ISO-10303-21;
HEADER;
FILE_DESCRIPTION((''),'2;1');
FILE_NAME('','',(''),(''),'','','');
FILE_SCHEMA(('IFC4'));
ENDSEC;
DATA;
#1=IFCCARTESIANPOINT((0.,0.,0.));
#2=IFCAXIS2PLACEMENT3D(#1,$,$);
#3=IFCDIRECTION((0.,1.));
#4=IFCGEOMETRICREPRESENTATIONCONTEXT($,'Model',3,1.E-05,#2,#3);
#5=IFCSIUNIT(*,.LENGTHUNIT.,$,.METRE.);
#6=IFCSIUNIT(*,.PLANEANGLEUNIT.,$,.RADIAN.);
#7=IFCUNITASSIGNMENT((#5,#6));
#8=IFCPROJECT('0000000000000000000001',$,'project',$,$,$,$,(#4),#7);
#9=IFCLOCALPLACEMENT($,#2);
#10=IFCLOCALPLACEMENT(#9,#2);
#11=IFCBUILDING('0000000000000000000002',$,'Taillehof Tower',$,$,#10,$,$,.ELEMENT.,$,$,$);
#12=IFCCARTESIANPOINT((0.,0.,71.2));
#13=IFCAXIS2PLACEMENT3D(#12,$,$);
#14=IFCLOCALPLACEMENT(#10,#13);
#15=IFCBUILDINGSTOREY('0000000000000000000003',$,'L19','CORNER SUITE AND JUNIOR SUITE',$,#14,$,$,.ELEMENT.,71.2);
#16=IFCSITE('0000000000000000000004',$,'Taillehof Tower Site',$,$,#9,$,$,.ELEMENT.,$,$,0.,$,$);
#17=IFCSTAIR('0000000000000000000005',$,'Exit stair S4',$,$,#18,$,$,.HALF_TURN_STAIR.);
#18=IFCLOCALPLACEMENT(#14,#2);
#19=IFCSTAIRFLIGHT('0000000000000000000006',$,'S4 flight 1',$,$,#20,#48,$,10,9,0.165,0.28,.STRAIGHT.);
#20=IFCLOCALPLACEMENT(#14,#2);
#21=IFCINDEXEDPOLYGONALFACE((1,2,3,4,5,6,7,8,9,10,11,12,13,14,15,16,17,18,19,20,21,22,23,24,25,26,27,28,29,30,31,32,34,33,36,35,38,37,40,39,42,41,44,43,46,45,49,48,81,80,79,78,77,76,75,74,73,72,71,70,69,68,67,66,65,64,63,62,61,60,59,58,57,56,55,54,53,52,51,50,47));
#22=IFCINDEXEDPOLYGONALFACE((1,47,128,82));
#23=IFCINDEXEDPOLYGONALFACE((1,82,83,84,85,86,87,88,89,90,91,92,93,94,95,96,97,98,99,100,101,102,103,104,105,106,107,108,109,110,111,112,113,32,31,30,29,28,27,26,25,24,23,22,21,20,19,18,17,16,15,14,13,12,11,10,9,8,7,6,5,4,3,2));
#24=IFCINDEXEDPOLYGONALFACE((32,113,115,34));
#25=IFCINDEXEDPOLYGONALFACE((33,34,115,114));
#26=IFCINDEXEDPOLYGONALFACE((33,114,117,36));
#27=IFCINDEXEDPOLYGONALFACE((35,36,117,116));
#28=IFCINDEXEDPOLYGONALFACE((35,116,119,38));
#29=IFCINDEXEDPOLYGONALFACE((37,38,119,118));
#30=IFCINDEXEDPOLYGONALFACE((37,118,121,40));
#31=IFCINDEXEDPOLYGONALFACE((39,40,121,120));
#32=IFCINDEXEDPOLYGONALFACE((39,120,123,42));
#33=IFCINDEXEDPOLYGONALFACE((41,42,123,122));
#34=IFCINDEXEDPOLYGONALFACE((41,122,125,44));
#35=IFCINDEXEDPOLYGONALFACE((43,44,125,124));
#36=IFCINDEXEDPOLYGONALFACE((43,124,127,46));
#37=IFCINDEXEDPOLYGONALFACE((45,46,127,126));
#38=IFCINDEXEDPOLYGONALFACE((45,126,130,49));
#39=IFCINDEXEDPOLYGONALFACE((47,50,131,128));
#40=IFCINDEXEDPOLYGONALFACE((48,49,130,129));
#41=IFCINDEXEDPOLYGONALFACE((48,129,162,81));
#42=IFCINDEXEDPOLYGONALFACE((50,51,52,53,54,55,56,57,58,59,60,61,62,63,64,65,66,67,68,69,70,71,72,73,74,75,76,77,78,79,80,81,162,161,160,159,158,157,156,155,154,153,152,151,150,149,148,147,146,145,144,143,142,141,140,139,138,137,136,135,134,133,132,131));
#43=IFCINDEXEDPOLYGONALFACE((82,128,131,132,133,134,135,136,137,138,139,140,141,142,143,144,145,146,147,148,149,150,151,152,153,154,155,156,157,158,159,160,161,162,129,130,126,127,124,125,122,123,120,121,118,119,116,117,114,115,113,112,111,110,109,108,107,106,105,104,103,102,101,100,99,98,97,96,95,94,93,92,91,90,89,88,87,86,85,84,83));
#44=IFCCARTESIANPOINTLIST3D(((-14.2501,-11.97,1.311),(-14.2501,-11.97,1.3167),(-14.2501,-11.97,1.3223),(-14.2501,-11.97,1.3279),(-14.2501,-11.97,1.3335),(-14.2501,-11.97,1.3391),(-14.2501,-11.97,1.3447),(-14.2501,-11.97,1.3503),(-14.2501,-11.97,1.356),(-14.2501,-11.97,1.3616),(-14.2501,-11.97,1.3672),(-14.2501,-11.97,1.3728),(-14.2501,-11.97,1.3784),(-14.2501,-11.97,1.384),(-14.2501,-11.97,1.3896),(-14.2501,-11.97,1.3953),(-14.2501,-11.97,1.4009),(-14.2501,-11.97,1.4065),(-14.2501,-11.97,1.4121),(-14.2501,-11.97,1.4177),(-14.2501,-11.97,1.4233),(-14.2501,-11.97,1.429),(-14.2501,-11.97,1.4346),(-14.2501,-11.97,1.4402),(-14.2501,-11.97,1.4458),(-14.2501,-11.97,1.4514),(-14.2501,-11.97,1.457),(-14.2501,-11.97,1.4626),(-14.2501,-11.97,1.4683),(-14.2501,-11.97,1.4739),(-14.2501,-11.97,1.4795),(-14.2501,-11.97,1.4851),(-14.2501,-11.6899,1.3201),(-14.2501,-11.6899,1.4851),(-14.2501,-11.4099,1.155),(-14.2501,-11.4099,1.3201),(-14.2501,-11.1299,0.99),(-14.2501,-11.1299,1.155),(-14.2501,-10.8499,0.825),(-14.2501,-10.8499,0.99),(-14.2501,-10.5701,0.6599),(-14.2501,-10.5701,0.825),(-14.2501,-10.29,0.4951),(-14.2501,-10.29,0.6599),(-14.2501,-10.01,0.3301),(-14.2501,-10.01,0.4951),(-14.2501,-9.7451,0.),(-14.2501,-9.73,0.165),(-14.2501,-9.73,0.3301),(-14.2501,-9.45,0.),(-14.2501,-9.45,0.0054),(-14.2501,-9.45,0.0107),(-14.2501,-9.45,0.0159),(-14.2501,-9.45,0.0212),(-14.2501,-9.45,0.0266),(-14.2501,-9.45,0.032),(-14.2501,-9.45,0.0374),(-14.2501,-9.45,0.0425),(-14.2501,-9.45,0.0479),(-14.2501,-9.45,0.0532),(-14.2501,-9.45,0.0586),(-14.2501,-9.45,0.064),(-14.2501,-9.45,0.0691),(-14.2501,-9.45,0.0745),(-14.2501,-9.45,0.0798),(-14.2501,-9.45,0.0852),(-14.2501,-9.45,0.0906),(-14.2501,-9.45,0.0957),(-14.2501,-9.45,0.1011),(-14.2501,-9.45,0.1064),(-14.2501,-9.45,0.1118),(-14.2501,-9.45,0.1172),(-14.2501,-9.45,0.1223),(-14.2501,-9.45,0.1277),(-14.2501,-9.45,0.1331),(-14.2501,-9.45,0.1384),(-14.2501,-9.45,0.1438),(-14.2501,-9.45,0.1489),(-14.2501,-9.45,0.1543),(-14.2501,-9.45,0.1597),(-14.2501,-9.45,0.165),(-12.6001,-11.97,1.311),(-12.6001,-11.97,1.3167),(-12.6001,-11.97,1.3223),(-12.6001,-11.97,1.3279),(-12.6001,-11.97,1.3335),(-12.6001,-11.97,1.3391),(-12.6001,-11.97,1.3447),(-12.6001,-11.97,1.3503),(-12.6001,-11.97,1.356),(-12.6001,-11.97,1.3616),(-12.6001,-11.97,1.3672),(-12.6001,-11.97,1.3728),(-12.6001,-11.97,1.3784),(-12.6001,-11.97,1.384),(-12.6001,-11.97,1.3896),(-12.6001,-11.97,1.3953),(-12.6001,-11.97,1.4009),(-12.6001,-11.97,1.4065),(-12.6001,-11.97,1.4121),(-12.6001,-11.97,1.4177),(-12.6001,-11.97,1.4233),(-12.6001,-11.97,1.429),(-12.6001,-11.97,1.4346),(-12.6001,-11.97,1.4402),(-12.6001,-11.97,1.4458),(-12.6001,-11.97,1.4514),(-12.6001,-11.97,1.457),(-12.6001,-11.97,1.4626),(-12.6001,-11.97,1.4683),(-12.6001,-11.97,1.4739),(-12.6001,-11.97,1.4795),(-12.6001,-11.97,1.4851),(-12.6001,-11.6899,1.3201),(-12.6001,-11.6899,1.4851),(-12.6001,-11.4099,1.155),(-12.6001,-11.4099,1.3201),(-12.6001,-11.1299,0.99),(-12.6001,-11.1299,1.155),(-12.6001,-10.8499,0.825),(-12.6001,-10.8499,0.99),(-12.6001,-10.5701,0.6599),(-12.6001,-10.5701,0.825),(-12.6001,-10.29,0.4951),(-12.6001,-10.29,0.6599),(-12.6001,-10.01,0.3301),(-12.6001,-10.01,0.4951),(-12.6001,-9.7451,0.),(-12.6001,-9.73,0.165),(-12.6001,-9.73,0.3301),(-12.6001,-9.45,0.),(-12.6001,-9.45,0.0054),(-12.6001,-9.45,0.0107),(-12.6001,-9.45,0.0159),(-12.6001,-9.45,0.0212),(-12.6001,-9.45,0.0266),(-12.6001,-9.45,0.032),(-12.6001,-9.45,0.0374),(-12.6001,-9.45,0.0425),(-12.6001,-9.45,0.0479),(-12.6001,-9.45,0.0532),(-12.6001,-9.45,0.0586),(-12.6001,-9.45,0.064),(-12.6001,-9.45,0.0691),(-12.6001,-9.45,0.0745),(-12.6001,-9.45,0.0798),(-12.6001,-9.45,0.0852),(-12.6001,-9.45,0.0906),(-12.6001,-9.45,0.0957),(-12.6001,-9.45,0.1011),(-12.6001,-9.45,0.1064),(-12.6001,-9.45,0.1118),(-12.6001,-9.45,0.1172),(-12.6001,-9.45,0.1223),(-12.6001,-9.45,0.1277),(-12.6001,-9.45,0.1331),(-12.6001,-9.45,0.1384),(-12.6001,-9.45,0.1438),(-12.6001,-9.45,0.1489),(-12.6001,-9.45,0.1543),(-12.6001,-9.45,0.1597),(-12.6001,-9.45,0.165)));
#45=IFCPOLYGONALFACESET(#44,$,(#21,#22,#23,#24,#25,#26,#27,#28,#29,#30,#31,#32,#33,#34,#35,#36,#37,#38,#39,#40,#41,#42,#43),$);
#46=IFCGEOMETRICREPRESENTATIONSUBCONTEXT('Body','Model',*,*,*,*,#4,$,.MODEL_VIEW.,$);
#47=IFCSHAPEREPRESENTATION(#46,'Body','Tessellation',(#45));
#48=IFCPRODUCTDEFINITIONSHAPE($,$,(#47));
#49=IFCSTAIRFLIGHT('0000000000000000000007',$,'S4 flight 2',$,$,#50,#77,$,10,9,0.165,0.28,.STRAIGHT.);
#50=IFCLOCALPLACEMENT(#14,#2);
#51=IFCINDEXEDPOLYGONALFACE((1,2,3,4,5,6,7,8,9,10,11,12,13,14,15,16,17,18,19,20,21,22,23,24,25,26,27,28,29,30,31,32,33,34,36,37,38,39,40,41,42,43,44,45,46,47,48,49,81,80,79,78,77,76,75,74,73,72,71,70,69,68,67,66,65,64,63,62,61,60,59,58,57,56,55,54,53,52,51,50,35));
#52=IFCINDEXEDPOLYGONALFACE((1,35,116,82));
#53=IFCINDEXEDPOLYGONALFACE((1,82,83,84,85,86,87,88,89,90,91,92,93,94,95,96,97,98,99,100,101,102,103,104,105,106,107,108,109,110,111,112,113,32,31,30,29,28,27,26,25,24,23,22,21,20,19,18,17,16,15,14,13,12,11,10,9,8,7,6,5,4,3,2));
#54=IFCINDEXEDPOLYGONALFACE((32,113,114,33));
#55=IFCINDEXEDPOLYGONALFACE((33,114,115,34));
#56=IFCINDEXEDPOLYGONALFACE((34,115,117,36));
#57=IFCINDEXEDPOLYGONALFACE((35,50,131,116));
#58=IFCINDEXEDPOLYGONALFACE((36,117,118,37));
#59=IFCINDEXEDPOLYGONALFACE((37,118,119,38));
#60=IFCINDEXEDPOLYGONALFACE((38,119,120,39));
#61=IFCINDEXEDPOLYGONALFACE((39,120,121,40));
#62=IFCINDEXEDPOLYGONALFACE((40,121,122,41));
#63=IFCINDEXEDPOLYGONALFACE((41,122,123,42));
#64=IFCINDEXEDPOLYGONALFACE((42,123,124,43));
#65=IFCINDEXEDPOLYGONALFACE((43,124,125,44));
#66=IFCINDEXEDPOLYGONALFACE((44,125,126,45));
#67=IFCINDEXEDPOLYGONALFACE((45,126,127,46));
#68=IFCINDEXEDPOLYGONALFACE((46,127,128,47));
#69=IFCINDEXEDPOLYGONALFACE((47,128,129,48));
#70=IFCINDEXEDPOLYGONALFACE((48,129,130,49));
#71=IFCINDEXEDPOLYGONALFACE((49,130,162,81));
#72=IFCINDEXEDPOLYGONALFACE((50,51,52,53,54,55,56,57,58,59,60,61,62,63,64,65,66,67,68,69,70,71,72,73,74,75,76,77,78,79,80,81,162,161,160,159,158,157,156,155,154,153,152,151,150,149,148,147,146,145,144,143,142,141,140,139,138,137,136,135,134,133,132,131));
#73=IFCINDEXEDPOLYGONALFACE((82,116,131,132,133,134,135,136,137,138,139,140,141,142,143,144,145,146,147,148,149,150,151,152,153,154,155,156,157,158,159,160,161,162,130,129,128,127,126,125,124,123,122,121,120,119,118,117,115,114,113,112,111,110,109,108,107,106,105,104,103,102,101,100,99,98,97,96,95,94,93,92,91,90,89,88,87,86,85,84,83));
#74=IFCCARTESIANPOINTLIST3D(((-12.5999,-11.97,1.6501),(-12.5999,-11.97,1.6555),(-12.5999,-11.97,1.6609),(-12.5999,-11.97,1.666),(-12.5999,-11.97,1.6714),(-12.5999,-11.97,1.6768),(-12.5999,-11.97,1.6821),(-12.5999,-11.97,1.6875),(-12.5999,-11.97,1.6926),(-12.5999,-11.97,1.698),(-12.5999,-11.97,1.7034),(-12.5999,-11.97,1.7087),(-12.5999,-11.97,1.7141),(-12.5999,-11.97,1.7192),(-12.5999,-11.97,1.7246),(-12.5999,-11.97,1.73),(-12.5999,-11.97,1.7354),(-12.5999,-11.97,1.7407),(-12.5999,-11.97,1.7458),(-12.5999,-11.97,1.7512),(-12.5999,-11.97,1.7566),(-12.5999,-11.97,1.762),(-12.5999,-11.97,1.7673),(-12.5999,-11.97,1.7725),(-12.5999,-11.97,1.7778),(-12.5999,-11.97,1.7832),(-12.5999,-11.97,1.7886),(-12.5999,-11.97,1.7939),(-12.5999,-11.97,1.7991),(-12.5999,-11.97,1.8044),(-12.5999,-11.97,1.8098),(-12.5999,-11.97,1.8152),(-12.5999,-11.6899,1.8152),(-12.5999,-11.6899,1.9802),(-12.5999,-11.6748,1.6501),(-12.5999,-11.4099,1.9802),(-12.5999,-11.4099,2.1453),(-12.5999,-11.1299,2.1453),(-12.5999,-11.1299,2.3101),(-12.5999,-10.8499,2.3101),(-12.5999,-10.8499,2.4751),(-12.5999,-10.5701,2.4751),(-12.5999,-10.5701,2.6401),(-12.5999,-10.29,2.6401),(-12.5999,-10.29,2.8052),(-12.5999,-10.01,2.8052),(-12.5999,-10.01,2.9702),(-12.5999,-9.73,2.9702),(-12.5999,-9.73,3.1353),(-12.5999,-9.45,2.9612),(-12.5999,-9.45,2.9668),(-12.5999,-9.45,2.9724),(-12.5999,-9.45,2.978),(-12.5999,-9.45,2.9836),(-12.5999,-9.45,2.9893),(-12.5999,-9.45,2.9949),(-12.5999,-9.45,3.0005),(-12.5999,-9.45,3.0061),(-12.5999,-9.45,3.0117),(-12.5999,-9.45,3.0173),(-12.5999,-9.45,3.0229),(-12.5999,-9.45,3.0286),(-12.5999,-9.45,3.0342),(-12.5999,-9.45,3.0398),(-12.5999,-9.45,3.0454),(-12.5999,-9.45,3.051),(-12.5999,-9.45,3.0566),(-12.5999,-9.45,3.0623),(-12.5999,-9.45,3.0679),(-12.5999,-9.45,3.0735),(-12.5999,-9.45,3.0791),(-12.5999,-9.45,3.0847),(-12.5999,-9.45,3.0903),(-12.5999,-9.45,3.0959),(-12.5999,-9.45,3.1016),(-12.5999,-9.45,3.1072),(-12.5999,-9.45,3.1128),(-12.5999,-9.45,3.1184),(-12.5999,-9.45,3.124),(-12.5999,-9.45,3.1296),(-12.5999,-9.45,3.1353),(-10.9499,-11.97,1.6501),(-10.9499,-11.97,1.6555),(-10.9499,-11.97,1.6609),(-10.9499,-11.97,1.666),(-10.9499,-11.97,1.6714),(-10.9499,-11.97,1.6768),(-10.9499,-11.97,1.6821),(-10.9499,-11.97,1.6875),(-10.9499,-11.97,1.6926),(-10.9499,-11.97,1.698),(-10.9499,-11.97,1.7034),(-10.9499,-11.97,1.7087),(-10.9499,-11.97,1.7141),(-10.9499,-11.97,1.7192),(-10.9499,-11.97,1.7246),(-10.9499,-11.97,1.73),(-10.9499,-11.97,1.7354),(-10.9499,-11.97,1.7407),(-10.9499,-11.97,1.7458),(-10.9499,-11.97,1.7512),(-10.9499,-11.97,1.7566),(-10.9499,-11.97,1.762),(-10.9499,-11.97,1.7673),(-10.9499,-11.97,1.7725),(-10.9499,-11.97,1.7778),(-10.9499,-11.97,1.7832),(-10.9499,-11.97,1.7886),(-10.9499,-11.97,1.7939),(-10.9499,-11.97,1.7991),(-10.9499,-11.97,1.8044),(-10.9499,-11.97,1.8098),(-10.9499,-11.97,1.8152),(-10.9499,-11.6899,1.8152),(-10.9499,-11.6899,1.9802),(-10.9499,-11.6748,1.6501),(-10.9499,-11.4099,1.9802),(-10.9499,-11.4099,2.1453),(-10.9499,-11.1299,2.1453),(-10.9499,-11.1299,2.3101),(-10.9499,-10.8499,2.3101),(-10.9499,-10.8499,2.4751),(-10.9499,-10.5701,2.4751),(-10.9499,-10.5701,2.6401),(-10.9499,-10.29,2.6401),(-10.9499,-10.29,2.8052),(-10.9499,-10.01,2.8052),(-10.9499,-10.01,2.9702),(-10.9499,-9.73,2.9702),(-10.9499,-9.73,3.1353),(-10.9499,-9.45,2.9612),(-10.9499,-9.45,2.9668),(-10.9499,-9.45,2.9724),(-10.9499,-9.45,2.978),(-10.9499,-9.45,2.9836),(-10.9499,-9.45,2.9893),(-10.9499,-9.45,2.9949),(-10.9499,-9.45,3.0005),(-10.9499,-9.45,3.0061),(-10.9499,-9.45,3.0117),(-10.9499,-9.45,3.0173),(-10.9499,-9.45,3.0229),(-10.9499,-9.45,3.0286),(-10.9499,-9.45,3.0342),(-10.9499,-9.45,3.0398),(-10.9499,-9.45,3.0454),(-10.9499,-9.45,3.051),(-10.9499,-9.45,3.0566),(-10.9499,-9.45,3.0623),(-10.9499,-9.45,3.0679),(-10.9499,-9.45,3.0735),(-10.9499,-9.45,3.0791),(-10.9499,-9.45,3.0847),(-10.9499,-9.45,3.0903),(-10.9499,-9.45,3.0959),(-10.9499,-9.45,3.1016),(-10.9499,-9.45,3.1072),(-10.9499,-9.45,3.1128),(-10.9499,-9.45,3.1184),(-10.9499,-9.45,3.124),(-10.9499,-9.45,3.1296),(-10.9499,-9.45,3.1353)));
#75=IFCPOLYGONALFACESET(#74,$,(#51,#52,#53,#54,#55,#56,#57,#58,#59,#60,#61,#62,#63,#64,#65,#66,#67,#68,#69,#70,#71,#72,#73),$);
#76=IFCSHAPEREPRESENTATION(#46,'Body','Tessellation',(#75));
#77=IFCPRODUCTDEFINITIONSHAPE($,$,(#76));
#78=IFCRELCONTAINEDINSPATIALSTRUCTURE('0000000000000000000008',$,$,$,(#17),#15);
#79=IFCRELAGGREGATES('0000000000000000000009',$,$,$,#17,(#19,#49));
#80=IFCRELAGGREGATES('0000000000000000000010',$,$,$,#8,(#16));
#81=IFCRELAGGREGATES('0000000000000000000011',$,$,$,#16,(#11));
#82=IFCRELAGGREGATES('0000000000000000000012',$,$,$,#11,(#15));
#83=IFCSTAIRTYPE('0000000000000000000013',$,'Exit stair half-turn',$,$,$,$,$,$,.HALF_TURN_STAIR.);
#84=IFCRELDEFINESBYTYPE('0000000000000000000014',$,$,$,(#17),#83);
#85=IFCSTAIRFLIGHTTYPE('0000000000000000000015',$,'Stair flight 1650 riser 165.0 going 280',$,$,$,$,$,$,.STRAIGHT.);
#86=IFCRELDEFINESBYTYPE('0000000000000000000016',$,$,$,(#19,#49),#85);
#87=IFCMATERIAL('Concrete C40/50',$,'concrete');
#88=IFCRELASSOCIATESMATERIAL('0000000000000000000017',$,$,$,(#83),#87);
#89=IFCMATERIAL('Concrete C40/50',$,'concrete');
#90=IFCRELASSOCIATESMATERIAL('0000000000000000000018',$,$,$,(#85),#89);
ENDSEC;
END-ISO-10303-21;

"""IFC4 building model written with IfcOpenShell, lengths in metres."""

from ifc_helpers import new_model, si_unit, direction, frame, origin, place, context, subcontext, project, spatial, polyline, outline, extrude, material, type_object, element, aggregate, save


model = new_model("IFC4")

# Units and contexts
model_context = context("Model", 3, precision=1e-05, world=origin(), true_north=direction((0.0, 1.0)))
body_context = subcontext(model_context, "Body", "Model", "MODEL_VIEW")
ifc_project = project(units=[si_unit("LENGTHUNIT", "METRE"), si_unit("PLANEANGLEUNIT", "RADIAN")], contexts=[model_context])

# Site, building, storey
site_placement = place(None, origin())
site = spatial("IfcSite", under=ifc_project, at=site_placement, Name="Taillehof Tower Site", CompositionType="ELEMENT", RefElevation=0.0)
building_placement = place(site_placement, origin())
building = spatial("IfcBuilding", under=site, at=building_placement, Name="Taillehof Tower", CompositionType="ELEMENT")
storey_placement = place(building_placement, frame((0.0, 0.0, 71.2)))
storey = spatial("IfcBuildingStorey", under=building, at=storey_placement, Name="L19", Description="CORNER SUITE AND JUNIOR SUITE", CompositionType="ELEMENT", Elevation=71.2)

# Stair, stair flights
ifc_material_1 = material(Name="Concrete C40/50", Category="concrete")
stair_type = type_object("IfcStairType", Name="Exit stair half-turn", PredefinedType="HALF_TURN_STAIR", material=ifc_material_1)
stair_placement = place(storey_placement, origin())
stair = element("IfcStair", 1, at=stair_placement, inside=storey, type_object=stair_type, Name="Exit stair S4", PredefinedType="HALF_TURN_STAIR")
ifc_material_2 = material(Name="Concrete C40/50", Category="concrete")
stair_flight_type = type_object("IfcStairFlightType", Name="Stair flight 1650 riser 165.0 going 280", PredefinedType="STRAIGHT", material=ifc_material_2)
stair_flight_1_placement = place(storey_placement, frame((-13.425, -9.45, 0.0), z_axis=(0.0, 0.0, 1.0), x_axis=(0.0, -1.0, 0.0)))
stair_flight_1 = element("IfcStairFlight", 2, at=stair_flight_1_placement, type_object=stair_flight_type, Name="S4 flight 1", NumberOfRisers=10, NumberOfTreads=9, PredefinedType="STRAIGHT", RiserHeight=0.165, TreadLength=0.28, context=body_context, shape_type="SweptSolid", body=[
    extrude(outline(polyline([(0.0, 0.0), (0.0, 0.0054), (0.0, 0.0107), (0.0, 0.0159), (0.0, 0.0212), (0.0, 0.0266), (0.0, 0.032), (0.0, 0.0374), (0.0, 0.0425), (0.0, 0.0479), (0.0, 0.0532), (0.0, 0.0586), (0.0, 0.064), (0.0, 0.0691), (0.0, 0.0745), (0.0, 0.0798), (0.0, 0.0852), (0.0, 0.0906), (0.0, 0.0957), (0.0, 0.1011), (0.0, 0.1064), (0.0, 0.1118), (0.0, 0.1172), (0.0, 0.1223), (0.0, 0.1277), (0.0, 0.1331), (0.0, 0.1384), (0.0, 0.1438), (0.0, 0.1489), (0.0, 0.1543), (0.0, 0.1597), (0.0, 0.165), (0.28, 0.165), (0.28, 0.3301), (0.5601, 0.3301), (0.5601, 0.4951), (0.8401, 0.4951), (0.8401, 0.6599), (1.1201, 0.6599), (1.1201, 0.825), (1.3999, 0.825), (1.3999, 0.99), (1.6799, 0.99), (1.6799, 1.155), (1.96, 1.155), (1.96, 1.3201), (2.24, 1.3201), (2.24, 1.4851), (2.52, 1.4851), (2.52, 1.4795), (2.52, 1.4739), (2.52, 1.4683), (2.52, 1.4626), (2.52, 1.457), (2.52, 1.4514), (2.52, 1.4458), (2.52, 1.4402), (2.52, 1.4346), (2.52, 1.429), (2.52, 1.4233), (2.52, 1.4177), (2.52, 1.4121), (2.52, 1.4065), (2.52, 1.4009), (2.52, 1.3953), (2.52, 1.3896), (2.52, 1.384), (2.52, 1.3784), (2.52, 1.3728), (2.52, 1.3672), (2.52, 1.3616), (2.52, 1.356), (2.52, 1.3503), (2.52, 1.3447), (2.52, 1.3391), (2.52, 1.3335), (2.52, 1.3279), (2.52, 1.3223), (2.52, 1.3167), (2.52, 1.311), (0.2952, 0.0), (0.0, 0.0)])), frame((0.0, 0.825, 0.0), z_axis=(0.0, -1.0, 0.0), x_axis=(1.0, 0.0, 0.0)), (0.0, 0.0, 1.0), 1.65),
])
stair_flight_2_placement = place(storey_placement, frame((-11.7749, -11.97, 1.6501), z_axis=(0.0, 0.0, 1.0), x_axis=(0.0, 1.0, 0.0)))
stair_flight_2 = element("IfcStairFlight", 3, at=stair_flight_2_placement, type_object=stair_flight_type, Name="S4 flight 2", NumberOfRisers=10, NumberOfTreads=9, PredefinedType="STRAIGHT", RiserHeight=0.165, TreadLength=0.28, context=body_context, shape_type="SweptSolid", body=[
    extrude(outline(polyline([(0.0, 0.0), (0.0, 0.0054), (0.0, 0.0107), (0.0, 0.0159), (0.0, 0.0212), (0.0, 0.0266), (0.0, 0.032), (0.0, 0.0374), (0.0, 0.0425), (0.0, 0.0479), (0.0, 0.0532), (0.0, 0.0586), (0.0, 0.064), (0.0, 0.0691), (0.0, 0.0745), (0.0, 0.0798), (0.0, 0.0852), (0.0, 0.0906), (0.0, 0.0957), (0.0, 0.1011), (0.0, 0.1064), (0.0, 0.1118), (0.0, 0.1172), (0.0, 0.1223), (0.0, 0.1277), (0.0, 0.1331), (0.0, 0.1384), (0.0, 0.1438), (0.0, 0.1489), (0.0, 0.1543), (0.0, 0.1597), (0.0, 0.165), (0.28, 0.165), (0.28, 0.3301), (0.5601, 0.3301), (0.5601, 0.4951), (0.8401, 0.4951), (0.8401, 0.6599), (1.1201, 0.6599), (1.1201, 0.825), (1.3999, 0.825), (1.3999, 0.99), (1.6799, 0.99), (1.6799, 1.155), (1.96, 1.155), (1.96, 1.3201), (2.24, 1.3201), (2.24, 1.4851), (2.52, 1.4851), (2.52, 1.4795), (2.52, 1.4739), (2.52, 1.4683), (2.52, 1.4626), (2.52, 1.457), (2.52, 1.4514), (2.52, 1.4458), (2.52, 1.4402), (2.52, 1.4346), (2.52, 1.429), (2.52, 1.4233), (2.52, 1.4177), (2.52, 1.4121), (2.52, 1.4065), (2.52, 1.4009), (2.52, 1.3953), (2.52, 1.3896), (2.52, 1.384), (2.52, 1.3784), (2.52, 1.3728), (2.52, 1.3672), (2.52, 1.3616), (2.52, 1.356), (2.52, 1.3503), (2.52, 1.3447), (2.52, 1.3391), (2.52, 1.3335), (2.52, 1.3279), (2.52, 1.3223), (2.52, 1.3167), (2.52, 1.311), (0.2952, 0.0), (0.0, 0.0)])), frame((0.0, 0.825, 0.0), z_axis=(0.0, -1.0, 0.0), x_axis=(1.0, 0.0, 0.0)), (0.0, 0.0, 1.0), 1.65),
])
aggregate(stair, [stair_flight_1, stair_flight_2])

save(model, "model.ifc")
